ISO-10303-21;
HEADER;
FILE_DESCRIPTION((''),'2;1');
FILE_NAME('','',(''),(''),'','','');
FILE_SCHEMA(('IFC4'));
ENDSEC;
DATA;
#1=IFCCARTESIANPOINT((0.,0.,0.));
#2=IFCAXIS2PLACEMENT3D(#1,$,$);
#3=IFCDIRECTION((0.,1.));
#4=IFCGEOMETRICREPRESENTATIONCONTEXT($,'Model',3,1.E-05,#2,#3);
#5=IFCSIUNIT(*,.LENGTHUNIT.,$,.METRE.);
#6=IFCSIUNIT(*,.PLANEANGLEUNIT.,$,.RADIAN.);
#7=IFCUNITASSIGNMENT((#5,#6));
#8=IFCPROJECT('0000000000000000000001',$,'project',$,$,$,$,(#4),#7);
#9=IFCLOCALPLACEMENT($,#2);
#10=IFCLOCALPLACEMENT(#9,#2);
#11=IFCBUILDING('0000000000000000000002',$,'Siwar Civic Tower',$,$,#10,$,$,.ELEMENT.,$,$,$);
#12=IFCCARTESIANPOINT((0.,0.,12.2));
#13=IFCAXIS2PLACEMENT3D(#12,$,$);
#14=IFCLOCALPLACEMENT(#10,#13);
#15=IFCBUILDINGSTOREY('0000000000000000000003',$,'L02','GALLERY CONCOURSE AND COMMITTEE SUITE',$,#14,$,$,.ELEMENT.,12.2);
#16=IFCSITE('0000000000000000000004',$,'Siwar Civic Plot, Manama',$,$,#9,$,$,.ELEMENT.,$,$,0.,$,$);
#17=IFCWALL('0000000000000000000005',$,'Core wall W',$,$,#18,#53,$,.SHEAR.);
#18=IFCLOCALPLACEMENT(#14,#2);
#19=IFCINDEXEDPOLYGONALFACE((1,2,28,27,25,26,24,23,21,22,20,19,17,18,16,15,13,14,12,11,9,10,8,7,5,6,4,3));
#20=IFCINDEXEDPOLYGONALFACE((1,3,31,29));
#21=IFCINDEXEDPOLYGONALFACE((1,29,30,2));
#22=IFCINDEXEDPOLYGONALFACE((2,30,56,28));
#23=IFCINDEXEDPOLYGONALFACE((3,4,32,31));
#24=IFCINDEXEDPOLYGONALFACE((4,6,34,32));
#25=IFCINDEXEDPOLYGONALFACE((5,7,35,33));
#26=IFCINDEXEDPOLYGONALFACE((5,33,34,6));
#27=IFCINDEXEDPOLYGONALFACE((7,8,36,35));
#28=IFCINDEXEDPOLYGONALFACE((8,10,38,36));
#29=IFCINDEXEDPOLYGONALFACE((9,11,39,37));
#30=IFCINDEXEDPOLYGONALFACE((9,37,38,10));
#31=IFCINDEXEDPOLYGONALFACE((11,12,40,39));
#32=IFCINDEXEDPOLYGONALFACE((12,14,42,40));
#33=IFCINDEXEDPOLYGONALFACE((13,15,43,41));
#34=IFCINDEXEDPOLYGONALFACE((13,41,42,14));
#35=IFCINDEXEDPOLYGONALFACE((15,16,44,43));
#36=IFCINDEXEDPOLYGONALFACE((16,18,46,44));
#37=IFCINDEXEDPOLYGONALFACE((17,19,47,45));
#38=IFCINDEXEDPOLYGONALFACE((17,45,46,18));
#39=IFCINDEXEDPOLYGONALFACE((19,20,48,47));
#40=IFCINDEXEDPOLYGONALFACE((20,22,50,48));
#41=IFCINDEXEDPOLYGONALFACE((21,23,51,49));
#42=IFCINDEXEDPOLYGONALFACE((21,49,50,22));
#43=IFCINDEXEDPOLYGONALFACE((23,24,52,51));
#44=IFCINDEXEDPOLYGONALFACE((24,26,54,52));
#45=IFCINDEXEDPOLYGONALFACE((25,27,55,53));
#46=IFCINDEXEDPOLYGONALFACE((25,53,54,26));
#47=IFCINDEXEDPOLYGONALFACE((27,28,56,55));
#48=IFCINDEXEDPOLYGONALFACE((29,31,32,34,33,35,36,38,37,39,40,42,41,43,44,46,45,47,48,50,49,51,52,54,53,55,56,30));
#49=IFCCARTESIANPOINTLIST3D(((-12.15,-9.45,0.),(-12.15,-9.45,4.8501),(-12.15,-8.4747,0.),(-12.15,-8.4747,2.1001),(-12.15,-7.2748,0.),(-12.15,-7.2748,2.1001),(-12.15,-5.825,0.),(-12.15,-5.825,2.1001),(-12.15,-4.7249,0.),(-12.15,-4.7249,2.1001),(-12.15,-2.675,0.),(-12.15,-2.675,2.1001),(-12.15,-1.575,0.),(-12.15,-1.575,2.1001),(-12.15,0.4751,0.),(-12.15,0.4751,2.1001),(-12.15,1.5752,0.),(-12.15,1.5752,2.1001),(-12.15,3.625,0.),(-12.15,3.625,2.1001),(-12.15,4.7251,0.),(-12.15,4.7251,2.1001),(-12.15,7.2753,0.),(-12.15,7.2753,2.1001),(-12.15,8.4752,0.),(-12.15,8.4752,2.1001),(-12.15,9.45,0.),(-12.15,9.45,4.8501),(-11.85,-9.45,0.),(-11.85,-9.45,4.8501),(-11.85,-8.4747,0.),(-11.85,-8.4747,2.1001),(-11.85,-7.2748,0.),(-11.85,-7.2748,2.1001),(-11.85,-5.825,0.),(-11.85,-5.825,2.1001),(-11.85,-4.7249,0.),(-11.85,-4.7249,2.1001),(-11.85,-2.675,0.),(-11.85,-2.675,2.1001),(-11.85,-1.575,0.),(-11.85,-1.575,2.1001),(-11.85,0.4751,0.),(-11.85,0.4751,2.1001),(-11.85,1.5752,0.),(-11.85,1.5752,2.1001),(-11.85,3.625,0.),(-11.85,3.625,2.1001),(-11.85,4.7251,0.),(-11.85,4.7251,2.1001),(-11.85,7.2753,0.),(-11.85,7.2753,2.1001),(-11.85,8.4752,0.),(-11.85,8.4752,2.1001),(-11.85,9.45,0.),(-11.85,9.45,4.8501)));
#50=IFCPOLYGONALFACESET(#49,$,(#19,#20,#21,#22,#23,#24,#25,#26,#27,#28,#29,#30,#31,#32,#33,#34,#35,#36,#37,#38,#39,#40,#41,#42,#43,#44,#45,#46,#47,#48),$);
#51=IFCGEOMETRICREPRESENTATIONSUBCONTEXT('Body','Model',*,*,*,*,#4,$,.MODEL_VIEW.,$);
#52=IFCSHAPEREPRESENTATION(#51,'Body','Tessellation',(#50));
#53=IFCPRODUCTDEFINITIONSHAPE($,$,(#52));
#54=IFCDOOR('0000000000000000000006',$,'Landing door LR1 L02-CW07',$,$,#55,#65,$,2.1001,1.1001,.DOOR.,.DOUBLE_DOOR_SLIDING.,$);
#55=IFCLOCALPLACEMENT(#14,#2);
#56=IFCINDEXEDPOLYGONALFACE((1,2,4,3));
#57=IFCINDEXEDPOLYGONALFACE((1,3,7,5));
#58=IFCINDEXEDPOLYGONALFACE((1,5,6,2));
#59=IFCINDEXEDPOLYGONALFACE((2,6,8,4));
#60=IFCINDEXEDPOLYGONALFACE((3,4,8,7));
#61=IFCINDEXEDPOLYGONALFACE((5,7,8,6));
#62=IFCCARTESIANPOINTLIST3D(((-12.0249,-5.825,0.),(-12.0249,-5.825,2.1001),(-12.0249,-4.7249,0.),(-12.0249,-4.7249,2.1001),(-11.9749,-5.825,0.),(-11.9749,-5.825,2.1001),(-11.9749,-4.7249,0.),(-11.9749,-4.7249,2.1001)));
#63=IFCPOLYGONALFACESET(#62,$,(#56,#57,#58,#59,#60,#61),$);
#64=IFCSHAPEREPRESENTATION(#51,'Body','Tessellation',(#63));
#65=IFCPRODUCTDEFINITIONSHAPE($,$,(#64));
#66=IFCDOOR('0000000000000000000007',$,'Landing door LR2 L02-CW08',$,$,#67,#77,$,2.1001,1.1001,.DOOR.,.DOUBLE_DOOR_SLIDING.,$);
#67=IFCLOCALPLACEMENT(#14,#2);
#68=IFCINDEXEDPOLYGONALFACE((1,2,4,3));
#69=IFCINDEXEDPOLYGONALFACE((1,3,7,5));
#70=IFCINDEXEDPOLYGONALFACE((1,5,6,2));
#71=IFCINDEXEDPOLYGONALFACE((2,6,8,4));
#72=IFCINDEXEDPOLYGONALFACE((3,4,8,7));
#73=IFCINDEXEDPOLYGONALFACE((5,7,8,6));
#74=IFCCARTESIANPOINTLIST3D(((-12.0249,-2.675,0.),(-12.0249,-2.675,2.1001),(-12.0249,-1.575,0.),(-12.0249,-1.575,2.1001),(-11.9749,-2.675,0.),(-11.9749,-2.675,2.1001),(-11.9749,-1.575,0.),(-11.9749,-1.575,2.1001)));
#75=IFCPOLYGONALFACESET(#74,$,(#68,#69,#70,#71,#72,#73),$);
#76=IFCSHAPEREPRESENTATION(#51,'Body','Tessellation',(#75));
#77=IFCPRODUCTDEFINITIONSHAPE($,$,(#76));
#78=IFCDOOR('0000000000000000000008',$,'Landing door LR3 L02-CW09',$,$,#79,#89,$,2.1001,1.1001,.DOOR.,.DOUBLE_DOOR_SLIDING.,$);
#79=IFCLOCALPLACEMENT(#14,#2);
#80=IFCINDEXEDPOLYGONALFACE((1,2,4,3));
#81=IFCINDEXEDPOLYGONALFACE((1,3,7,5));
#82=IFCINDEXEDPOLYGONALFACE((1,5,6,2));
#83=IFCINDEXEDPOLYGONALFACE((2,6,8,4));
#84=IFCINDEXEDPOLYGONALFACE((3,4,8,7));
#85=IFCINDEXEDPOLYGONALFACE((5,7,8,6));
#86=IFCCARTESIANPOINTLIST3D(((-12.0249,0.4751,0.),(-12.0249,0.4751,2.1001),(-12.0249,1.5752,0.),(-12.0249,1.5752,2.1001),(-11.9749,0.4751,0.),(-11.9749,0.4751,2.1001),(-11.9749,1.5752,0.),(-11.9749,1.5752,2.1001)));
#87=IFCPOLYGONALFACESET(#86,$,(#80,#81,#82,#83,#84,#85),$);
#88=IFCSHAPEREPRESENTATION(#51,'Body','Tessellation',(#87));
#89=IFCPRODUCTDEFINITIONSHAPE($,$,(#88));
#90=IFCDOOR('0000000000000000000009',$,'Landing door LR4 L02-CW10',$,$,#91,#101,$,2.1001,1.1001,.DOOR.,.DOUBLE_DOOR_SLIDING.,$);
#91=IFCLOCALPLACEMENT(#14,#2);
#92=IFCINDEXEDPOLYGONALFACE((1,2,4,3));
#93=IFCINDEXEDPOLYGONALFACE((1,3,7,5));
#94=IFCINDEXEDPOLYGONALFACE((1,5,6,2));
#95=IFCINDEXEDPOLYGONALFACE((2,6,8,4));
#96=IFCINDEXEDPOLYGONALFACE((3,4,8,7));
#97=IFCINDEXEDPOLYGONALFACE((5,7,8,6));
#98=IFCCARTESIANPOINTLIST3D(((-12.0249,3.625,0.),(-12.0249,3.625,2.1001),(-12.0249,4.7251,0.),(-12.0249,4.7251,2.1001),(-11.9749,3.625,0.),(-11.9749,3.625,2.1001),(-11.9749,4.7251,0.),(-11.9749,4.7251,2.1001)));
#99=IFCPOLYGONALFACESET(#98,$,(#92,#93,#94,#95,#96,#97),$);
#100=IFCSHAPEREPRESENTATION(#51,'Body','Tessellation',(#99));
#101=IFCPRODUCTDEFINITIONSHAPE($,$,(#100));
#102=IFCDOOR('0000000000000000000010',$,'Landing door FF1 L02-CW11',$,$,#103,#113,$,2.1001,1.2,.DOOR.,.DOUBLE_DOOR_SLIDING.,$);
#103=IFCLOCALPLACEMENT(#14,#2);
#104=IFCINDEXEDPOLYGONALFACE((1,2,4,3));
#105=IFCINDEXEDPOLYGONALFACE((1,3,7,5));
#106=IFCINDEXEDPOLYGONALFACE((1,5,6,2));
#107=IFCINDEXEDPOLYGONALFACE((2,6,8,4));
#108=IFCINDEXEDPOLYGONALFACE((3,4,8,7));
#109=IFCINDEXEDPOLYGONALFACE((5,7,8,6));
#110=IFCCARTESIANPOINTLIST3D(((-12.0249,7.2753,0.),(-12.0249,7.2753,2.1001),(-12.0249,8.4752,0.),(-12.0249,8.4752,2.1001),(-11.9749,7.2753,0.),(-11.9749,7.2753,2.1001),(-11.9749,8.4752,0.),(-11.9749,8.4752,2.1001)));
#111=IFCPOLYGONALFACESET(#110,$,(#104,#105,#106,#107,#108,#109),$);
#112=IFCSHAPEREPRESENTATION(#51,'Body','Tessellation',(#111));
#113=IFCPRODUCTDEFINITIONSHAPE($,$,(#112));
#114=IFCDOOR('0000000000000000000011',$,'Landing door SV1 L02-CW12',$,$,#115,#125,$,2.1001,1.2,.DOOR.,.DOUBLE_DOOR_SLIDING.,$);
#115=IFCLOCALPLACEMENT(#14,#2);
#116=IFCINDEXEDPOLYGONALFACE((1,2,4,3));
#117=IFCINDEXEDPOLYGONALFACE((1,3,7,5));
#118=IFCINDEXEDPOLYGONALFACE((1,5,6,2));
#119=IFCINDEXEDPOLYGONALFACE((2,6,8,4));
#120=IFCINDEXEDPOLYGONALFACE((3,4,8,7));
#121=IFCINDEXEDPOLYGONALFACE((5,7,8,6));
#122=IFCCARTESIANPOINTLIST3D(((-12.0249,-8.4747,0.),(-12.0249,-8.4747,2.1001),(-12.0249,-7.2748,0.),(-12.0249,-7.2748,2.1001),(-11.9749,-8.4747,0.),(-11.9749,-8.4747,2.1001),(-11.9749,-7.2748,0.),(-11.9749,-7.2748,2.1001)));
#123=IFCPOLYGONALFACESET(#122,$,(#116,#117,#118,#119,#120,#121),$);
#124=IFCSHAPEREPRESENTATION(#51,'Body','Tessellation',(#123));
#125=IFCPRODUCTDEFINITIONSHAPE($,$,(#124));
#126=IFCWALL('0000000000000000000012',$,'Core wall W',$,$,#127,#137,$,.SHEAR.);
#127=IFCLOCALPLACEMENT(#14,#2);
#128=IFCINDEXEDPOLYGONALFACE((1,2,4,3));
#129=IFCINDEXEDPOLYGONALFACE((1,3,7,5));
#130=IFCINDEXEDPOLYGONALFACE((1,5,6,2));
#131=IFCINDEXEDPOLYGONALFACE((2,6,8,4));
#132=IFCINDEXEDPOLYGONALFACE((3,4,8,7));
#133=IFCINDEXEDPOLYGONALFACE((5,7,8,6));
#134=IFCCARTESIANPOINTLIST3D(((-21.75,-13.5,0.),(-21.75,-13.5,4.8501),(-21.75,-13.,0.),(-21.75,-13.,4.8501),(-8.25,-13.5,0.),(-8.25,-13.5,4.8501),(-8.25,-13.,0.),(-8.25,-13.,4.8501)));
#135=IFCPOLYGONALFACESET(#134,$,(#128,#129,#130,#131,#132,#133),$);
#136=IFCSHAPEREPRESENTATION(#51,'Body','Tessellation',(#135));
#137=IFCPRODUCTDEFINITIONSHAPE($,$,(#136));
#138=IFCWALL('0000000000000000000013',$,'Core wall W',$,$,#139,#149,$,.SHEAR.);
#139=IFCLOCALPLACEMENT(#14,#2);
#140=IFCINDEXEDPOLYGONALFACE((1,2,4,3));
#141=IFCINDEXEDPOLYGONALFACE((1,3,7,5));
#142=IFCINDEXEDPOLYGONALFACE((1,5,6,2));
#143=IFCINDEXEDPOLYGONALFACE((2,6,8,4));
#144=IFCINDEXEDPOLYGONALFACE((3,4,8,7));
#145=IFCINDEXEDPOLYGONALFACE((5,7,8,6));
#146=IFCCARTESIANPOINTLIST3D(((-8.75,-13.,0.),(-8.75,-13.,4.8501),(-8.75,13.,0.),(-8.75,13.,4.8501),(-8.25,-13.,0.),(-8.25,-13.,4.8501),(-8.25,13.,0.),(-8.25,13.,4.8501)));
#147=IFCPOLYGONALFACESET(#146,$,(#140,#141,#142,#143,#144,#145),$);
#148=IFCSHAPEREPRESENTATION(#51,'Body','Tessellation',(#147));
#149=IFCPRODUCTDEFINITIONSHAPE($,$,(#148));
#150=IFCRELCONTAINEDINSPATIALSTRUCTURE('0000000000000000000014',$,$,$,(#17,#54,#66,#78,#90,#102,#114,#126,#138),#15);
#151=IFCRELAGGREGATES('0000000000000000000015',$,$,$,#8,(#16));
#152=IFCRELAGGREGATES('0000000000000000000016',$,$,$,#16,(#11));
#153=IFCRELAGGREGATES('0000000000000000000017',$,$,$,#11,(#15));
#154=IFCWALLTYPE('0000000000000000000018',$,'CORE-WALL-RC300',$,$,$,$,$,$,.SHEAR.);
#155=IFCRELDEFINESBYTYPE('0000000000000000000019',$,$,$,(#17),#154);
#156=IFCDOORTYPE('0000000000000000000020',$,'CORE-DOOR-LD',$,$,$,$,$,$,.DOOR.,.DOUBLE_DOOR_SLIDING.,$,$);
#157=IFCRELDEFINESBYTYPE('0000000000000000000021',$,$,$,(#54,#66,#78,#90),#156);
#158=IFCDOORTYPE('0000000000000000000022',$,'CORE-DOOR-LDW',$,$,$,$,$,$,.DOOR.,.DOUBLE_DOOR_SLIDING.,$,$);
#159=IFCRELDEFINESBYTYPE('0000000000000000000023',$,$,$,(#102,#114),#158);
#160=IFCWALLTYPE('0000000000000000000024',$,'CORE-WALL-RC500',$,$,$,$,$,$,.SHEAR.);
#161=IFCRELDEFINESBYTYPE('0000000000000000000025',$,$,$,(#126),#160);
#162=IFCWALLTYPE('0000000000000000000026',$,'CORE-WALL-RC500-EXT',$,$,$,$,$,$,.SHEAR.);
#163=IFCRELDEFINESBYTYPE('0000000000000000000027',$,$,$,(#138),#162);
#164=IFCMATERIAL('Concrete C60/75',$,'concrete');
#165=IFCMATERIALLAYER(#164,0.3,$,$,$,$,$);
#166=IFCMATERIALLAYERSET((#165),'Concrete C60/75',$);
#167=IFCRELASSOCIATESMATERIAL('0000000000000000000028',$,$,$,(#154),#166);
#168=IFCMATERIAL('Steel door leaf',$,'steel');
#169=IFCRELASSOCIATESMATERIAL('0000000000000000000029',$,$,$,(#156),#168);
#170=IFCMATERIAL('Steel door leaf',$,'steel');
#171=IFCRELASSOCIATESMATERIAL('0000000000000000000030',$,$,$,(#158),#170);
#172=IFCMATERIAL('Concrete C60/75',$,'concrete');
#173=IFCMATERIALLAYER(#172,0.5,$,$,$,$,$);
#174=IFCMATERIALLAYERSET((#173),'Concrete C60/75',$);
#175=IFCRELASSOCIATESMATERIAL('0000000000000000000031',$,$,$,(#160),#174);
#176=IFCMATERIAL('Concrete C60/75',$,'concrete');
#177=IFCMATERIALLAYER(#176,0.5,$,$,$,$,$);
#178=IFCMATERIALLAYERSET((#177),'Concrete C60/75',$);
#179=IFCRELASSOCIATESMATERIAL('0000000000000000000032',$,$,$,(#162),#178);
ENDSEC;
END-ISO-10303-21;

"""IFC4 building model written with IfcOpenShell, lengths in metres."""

from ifc_helpers import new_model, si_unit, direction, frame, frame_2d, origin, place, context, subcontext, project, spatial, rectangle, extrude, material, layer, layer_set, type_object, element, fill, save


model = new_model("IFC4")

# Units and contexts
model_context = context("Model", 3, precision=1e-05, world=origin(), true_north=direction((0.0, 1.0)))
body_context = subcontext(model_context, "Body", "Model", "MODEL_VIEW")
ifc_project = project(units=[si_unit("LENGTHUNIT", "METRE"), si_unit("PLANEANGLEUNIT", "RADIAN")], contexts=[model_context])

# Site, building, storey
site_placement = place(None, origin())
site = spatial("IfcSite", under=ifc_project, at=site_placement, Name="Siwar Civic Plot, Manama", CompositionType="ELEMENT", RefElevation=0.0)
building_placement = place(site_placement, origin())
building = spatial("IfcBuilding", under=site, at=building_placement, Name="Siwar Civic Tower", CompositionType="ELEMENT")
storey_placement = place(building_placement, frame((0.0, 0.0, 12.2)))
storey = spatial("IfcBuildingStorey", under=building, at=storey_placement, Name="L02", Description="GALLERY CONCOURSE AND COMMITTEE SUITE", CompositionType="ELEMENT", Elevation=12.2)

# Wall, openings, doors
ifc_material_1 = material(Name="Concrete C60/75", Category="concrete")
ifc_layer_1 = layer(ifc_material_1, 0.3)
ifc_layer_set_1 = layer_set([ifc_layer_1], Name="Concrete C60/75")
wall_type_1 = type_object("IfcWallType", Name="CORE-WALL-RC300", PredefinedType="SHEAR", material=ifc_layer_set_1)
wall_1_placement = place(storey_placement, frame((-12.0, -9.45, 0.0), z_axis=(0.0, 0.0, 1.0), x_axis=(0.0, 1.0, 0.0)))
wall_1 = element("IfcWall", 1, at=wall_1_placement, inside=storey, type_object=wall_type_1, Name="Core wall W", PredefinedType="SHEAR", context=body_context, shape_type="SweptSolid", body=[
    extrude(rectangle(XDim=18.8999, YDim=0.3, at=frame_2d((9.45, 0.0))), origin(), (0.0, 0.0, 1.0), 4.8501),
])
opening_1_placement = place(wall_1_placement, frame((3.625, 0.0, 0.0)))
opening_1 = element("IfcOpeningElement", 2, at=opening_1_placement, cuts=wall_1, PredefinedType="OPENING", context=body_context, shape_type="SweptSolid", body=[
    extrude(rectangle(XDim=1.1001, YDim=2.1001, at=frame_2d((0.55, 1.05))), frame((0.0, 0.1602, 0.0), z_axis=(0.0, -1.0, 0.0), x_axis=(1.0, 0.0, 0.0)), (0.0, 0.0, 1.0), 0.3201),
])
opening_2_placement = place(wall_1_placement, frame((6.7749, 0.0, 0.0)))
opening_2 = element("IfcOpeningElement", 3, at=opening_2_placement, cuts=wall_1, PredefinedType="OPENING", context=body_context, shape_type="SweptSolid", body=[
    extrude(rectangle(XDim=1.1001, YDim=2.1001, at=frame_2d((0.55, 1.05))), frame((0.0, 0.1602, 0.0), z_axis=(0.0, -1.0, 0.0), x_axis=(1.0, 0.0, 0.0)), (0.0, 0.0, 1.0), 0.3201),
])
opening_3_placement = place(wall_1_placement, frame((9.925, 0.0, 0.0)))
opening_3 = element("IfcOpeningElement", 4, at=opening_3_placement, cuts=wall_1, PredefinedType="OPENING", context=body_context, shape_type="SweptSolid", body=[
    extrude(rectangle(XDim=1.1001, YDim=2.1001, at=frame_2d((0.55, 1.05))), frame((0.0, 0.1602, 0.0), z_axis=(0.0, -1.0, 0.0), x_axis=(1.0, 0.0, 0.0)), (0.0, 0.0, 1.0), 0.3201),
])
opening_4_placement = place(wall_1_placement, frame((13.075, 0.0, 0.0)))
opening_4 = element("IfcOpeningElement", 5, at=opening_4_placement, cuts=wall_1, PredefinedType="OPENING", context=body_context, shape_type="SweptSolid", body=[
    extrude(rectangle(XDim=1.1001, YDim=2.1001, at=frame_2d((0.55, 1.05))), frame((0.0, 0.1602, 0.0), z_axis=(0.0, -1.0, 0.0), x_axis=(1.0, 0.0, 0.0)), (0.0, 0.0, 1.0), 0.3201),
])
opening_5_placement = place(wall_1_placement, frame((16.7251, 0.0, 0.0)))
opening_5 = element("IfcOpeningElement", 6, at=opening_5_placement, cuts=wall_1, PredefinedType="OPENING", context=body_context, shape_type="SweptSolid", body=[
    extrude(rectangle(XDim=1.2, YDim=2.1001, at=frame_2d((0.6001, 1.05))), frame((0.0, 0.1602, 0.0), z_axis=(0.0, -1.0, 0.0), x_axis=(1.0, 0.0, 0.0)), (0.0, 0.0, 1.0), 0.3201),
])
opening_6_placement = place(wall_1_placement, frame((0.9751, 0.0, 0.0)))
opening_6 = element("IfcOpeningElement", 7, at=opening_6_placement, cuts=wall_1, PredefinedType="OPENING", context=body_context, shape_type="SweptSolid", body=[
    extrude(rectangle(XDim=1.2, YDim=2.1001, at=frame_2d((0.6001, 1.05))), frame((0.0, 0.1602, 0.0), z_axis=(0.0, -1.0, 0.0), x_axis=(1.0, 0.0, 0.0)), (0.0, 0.0, 1.0), 0.3201),
])
ifc_material_2 = material(Name="Steel door leaf", Category="steel")
door_type_1 = type_object("IfcDoorType", Name="CORE-DOOR-LD", OperationType="DOUBLE_DOOR_SLIDING", PredefinedType="DOOR", material=ifc_material_2)
door_1_placement = place(opening_1_placement, origin())
door_1 = element("IfcDoor", 8, at=door_1_placement, inside=storey, type_object=door_type_1, Name="Landing door LR1 L02-CW07", OperationType="DOUBLE_DOOR_SLIDING", OverallHeight=2.1001, OverallWidth=1.1001, PredefinedType="DOOR", context=body_context, shape_type="SweptSolid", body=[
    extrude(rectangle(XDim=1.1001, YDim=2.1001, at=frame_2d((0.55, 1.05))), frame((0.0, 0.0249, 0.0), z_axis=(0.0, -1.0, 0.0), x_axis=(1.0, 0.0, 0.0)), (0.0, 0.0, 1.0), 0.05),
])
fill(opening_1, door_1)
door_2_placement = place(opening_2_placement, origin())
door_2 = element("IfcDoor", 9, at=door_2_placement, inside=storey, type_object=door_type_1, Name="Landing door LR2 L02-CW08", OperationType="DOUBLE_DOOR_SLIDING", OverallHeight=2.1001, OverallWidth=1.1001, PredefinedType="DOOR", context=body_context, shape_type="SweptSolid", body=[
    extrude(rectangle(XDim=1.1001, YDim=2.1001, at=frame_2d((0.55, 1.05))), frame((0.0, 0.0249, 0.0), z_axis=(0.0, -1.0, 0.0), x_axis=(1.0, 0.0, 0.0)), (0.0, 0.0, 1.0), 0.05),
])
fill(opening_2, door_2)
door_3_placement = place(opening_3_placement, origin())
door_3 = element("IfcDoor", 10, at=door_3_placement, inside=storey, type_object=door_type_1, Name="Landing door LR3 L02-CW09", OperationType="DOUBLE_DOOR_SLIDING", OverallHeight=2.1001, OverallWidth=1.1001, PredefinedType="DOOR", context=body_context, shape_type="SweptSolid", body=[
    extrude(rectangle(XDim=1.1001, YDim=2.1001, at=frame_2d((0.55, 1.05))), frame((0.0, 0.0249, 0.0), z_axis=(0.0, -1.0, 0.0), x_axis=(1.0, 0.0, 0.0)), (0.0, 0.0, 1.0), 0.05),
])
fill(opening_3, door_3)
door_4_placement = place(opening_4_placement, origin())
door_4 = element("IfcDoor", 11, at=door_4_placement, inside=storey, type_object=door_type_1, Name="Landing door LR4 L02-CW10", OperationType="DOUBLE_DOOR_SLIDING", OverallHeight=2.1001, OverallWidth=1.1001, PredefinedType="DOOR", context=body_context, shape_type="SweptSolid", body=[
    extrude(rectangle(XDim=1.1001, YDim=2.1001, at=frame_2d((0.55, 1.05))), frame((0.0, 0.0249, 0.0), z_axis=(0.0, -1.0, 0.0), x_axis=(1.0, 0.0, 0.0)), (0.0, 0.0, 1.0), 0.05),
])
fill(opening_4, door_4)
ifc_material_3 = material(Name="Steel door leaf", Category="steel")
door_type_2 = type_object("IfcDoorType", Name="CORE-DOOR-LDW", OperationType="DOUBLE_DOOR_SLIDING", PredefinedType="DOOR", material=ifc_material_3)
door_5_placement = place(opening_5_placement, origin())
door_5 = element("IfcDoor", 12, at=door_5_placement, inside=storey, type_object=door_type_2, Name="Landing door FF1 L02-CW11", OperationType="DOUBLE_DOOR_SLIDING", OverallHeight=2.1001, OverallWidth=1.2, PredefinedType="DOOR", context=body_context, shape_type="SweptSolid", body=[
    extrude(rectangle(XDim=1.2, YDim=2.1001, at=frame_2d((0.6001, 1.05))), frame((0.0, 0.0249, 0.0), z_axis=(0.0, -1.0, 0.0), x_axis=(1.0, 0.0, 0.0)), (0.0, 0.0, 1.0), 0.05),
])
fill(opening_5, door_5)
door_6_placement = place(opening_6_placement, origin())
door_6 = element("IfcDoor", 13, at=door_6_placement, inside=storey, type_object=door_type_2, Name="Landing door SV1 L02-CW12", OperationType="DOUBLE_DOOR_SLIDING", OverallHeight=2.1001, OverallWidth=1.2, PredefinedType="DOOR", context=body_context, shape_type="SweptSolid", body=[
    extrude(rectangle(XDim=1.2, YDim=2.1001, at=frame_2d((0.6001, 1.05))), frame((0.0, 0.0249, 0.0), z_axis=(0.0, -1.0, 0.0), x_axis=(1.0, 0.0, 0.0)), (0.0, 0.0, 1.0), 0.05),
])
fill(opening_6, door_6)

# Walls
ifc_material_4 = material(Name="Concrete C60/75", Category="concrete")
ifc_layer_2 = layer(ifc_material_4, 0.5)
ifc_layer_set_2 = layer_set([ifc_layer_2], Name="Concrete C60/75")
wall_type_2 = type_object("IfcWallType", Name="CORE-WALL-RC500", PredefinedType="SHEAR", material=ifc_layer_set_2)
wall_2_placement = place(storey_placement, frame((-8.25, -13.25, 0.0), z_axis=(0.0, 0.0, 1.0), x_axis=(-1.0, 0.0, 0.0)))
element("IfcWall", 14, at=wall_2_placement, inside=storey, type_object=wall_type_2, Name="Core wall W", PredefinedType="SHEAR", context=body_context, shape_type="SweptSolid", body=[
    extrude(rectangle(XDim=13.5, YDim=0.5, at=frame_2d((6.75, 0.0))), origin(), (0.0, 0.0, 1.0), 4.8501),
])
ifc_material_5 = material(Name="Concrete C60/75", Category="concrete")
ifc_layer_3 = layer(ifc_material_5, 0.5)
ifc_layer_set_3 = layer_set([ifc_layer_3], Name="Concrete C60/75")
wall_type_3 = type_object("IfcWallType", Name="CORE-WALL-RC500-EXT", PredefinedType="SHEAR", material=ifc_layer_set_3)
wall_3_placement = place(storey_placement, frame((-8.5, -13.0, 0.0), z_axis=(0.0, 0.0, 1.0), x_axis=(0.0, 1.0, 0.0)))
element("IfcWall", 15, at=wall_3_placement, inside=storey, type_object=wall_type_3, Name="Core wall W", PredefinedType="SHEAR", context=body_context, shape_type="SweptSolid", body=[
    extrude(rectangle(XDim=26.0, YDim=0.5, at=frame_2d((13.0, 0.0))), origin(), (0.0, 0.0, 1.0), 4.8501),
])

save(model, "model.ifc")
